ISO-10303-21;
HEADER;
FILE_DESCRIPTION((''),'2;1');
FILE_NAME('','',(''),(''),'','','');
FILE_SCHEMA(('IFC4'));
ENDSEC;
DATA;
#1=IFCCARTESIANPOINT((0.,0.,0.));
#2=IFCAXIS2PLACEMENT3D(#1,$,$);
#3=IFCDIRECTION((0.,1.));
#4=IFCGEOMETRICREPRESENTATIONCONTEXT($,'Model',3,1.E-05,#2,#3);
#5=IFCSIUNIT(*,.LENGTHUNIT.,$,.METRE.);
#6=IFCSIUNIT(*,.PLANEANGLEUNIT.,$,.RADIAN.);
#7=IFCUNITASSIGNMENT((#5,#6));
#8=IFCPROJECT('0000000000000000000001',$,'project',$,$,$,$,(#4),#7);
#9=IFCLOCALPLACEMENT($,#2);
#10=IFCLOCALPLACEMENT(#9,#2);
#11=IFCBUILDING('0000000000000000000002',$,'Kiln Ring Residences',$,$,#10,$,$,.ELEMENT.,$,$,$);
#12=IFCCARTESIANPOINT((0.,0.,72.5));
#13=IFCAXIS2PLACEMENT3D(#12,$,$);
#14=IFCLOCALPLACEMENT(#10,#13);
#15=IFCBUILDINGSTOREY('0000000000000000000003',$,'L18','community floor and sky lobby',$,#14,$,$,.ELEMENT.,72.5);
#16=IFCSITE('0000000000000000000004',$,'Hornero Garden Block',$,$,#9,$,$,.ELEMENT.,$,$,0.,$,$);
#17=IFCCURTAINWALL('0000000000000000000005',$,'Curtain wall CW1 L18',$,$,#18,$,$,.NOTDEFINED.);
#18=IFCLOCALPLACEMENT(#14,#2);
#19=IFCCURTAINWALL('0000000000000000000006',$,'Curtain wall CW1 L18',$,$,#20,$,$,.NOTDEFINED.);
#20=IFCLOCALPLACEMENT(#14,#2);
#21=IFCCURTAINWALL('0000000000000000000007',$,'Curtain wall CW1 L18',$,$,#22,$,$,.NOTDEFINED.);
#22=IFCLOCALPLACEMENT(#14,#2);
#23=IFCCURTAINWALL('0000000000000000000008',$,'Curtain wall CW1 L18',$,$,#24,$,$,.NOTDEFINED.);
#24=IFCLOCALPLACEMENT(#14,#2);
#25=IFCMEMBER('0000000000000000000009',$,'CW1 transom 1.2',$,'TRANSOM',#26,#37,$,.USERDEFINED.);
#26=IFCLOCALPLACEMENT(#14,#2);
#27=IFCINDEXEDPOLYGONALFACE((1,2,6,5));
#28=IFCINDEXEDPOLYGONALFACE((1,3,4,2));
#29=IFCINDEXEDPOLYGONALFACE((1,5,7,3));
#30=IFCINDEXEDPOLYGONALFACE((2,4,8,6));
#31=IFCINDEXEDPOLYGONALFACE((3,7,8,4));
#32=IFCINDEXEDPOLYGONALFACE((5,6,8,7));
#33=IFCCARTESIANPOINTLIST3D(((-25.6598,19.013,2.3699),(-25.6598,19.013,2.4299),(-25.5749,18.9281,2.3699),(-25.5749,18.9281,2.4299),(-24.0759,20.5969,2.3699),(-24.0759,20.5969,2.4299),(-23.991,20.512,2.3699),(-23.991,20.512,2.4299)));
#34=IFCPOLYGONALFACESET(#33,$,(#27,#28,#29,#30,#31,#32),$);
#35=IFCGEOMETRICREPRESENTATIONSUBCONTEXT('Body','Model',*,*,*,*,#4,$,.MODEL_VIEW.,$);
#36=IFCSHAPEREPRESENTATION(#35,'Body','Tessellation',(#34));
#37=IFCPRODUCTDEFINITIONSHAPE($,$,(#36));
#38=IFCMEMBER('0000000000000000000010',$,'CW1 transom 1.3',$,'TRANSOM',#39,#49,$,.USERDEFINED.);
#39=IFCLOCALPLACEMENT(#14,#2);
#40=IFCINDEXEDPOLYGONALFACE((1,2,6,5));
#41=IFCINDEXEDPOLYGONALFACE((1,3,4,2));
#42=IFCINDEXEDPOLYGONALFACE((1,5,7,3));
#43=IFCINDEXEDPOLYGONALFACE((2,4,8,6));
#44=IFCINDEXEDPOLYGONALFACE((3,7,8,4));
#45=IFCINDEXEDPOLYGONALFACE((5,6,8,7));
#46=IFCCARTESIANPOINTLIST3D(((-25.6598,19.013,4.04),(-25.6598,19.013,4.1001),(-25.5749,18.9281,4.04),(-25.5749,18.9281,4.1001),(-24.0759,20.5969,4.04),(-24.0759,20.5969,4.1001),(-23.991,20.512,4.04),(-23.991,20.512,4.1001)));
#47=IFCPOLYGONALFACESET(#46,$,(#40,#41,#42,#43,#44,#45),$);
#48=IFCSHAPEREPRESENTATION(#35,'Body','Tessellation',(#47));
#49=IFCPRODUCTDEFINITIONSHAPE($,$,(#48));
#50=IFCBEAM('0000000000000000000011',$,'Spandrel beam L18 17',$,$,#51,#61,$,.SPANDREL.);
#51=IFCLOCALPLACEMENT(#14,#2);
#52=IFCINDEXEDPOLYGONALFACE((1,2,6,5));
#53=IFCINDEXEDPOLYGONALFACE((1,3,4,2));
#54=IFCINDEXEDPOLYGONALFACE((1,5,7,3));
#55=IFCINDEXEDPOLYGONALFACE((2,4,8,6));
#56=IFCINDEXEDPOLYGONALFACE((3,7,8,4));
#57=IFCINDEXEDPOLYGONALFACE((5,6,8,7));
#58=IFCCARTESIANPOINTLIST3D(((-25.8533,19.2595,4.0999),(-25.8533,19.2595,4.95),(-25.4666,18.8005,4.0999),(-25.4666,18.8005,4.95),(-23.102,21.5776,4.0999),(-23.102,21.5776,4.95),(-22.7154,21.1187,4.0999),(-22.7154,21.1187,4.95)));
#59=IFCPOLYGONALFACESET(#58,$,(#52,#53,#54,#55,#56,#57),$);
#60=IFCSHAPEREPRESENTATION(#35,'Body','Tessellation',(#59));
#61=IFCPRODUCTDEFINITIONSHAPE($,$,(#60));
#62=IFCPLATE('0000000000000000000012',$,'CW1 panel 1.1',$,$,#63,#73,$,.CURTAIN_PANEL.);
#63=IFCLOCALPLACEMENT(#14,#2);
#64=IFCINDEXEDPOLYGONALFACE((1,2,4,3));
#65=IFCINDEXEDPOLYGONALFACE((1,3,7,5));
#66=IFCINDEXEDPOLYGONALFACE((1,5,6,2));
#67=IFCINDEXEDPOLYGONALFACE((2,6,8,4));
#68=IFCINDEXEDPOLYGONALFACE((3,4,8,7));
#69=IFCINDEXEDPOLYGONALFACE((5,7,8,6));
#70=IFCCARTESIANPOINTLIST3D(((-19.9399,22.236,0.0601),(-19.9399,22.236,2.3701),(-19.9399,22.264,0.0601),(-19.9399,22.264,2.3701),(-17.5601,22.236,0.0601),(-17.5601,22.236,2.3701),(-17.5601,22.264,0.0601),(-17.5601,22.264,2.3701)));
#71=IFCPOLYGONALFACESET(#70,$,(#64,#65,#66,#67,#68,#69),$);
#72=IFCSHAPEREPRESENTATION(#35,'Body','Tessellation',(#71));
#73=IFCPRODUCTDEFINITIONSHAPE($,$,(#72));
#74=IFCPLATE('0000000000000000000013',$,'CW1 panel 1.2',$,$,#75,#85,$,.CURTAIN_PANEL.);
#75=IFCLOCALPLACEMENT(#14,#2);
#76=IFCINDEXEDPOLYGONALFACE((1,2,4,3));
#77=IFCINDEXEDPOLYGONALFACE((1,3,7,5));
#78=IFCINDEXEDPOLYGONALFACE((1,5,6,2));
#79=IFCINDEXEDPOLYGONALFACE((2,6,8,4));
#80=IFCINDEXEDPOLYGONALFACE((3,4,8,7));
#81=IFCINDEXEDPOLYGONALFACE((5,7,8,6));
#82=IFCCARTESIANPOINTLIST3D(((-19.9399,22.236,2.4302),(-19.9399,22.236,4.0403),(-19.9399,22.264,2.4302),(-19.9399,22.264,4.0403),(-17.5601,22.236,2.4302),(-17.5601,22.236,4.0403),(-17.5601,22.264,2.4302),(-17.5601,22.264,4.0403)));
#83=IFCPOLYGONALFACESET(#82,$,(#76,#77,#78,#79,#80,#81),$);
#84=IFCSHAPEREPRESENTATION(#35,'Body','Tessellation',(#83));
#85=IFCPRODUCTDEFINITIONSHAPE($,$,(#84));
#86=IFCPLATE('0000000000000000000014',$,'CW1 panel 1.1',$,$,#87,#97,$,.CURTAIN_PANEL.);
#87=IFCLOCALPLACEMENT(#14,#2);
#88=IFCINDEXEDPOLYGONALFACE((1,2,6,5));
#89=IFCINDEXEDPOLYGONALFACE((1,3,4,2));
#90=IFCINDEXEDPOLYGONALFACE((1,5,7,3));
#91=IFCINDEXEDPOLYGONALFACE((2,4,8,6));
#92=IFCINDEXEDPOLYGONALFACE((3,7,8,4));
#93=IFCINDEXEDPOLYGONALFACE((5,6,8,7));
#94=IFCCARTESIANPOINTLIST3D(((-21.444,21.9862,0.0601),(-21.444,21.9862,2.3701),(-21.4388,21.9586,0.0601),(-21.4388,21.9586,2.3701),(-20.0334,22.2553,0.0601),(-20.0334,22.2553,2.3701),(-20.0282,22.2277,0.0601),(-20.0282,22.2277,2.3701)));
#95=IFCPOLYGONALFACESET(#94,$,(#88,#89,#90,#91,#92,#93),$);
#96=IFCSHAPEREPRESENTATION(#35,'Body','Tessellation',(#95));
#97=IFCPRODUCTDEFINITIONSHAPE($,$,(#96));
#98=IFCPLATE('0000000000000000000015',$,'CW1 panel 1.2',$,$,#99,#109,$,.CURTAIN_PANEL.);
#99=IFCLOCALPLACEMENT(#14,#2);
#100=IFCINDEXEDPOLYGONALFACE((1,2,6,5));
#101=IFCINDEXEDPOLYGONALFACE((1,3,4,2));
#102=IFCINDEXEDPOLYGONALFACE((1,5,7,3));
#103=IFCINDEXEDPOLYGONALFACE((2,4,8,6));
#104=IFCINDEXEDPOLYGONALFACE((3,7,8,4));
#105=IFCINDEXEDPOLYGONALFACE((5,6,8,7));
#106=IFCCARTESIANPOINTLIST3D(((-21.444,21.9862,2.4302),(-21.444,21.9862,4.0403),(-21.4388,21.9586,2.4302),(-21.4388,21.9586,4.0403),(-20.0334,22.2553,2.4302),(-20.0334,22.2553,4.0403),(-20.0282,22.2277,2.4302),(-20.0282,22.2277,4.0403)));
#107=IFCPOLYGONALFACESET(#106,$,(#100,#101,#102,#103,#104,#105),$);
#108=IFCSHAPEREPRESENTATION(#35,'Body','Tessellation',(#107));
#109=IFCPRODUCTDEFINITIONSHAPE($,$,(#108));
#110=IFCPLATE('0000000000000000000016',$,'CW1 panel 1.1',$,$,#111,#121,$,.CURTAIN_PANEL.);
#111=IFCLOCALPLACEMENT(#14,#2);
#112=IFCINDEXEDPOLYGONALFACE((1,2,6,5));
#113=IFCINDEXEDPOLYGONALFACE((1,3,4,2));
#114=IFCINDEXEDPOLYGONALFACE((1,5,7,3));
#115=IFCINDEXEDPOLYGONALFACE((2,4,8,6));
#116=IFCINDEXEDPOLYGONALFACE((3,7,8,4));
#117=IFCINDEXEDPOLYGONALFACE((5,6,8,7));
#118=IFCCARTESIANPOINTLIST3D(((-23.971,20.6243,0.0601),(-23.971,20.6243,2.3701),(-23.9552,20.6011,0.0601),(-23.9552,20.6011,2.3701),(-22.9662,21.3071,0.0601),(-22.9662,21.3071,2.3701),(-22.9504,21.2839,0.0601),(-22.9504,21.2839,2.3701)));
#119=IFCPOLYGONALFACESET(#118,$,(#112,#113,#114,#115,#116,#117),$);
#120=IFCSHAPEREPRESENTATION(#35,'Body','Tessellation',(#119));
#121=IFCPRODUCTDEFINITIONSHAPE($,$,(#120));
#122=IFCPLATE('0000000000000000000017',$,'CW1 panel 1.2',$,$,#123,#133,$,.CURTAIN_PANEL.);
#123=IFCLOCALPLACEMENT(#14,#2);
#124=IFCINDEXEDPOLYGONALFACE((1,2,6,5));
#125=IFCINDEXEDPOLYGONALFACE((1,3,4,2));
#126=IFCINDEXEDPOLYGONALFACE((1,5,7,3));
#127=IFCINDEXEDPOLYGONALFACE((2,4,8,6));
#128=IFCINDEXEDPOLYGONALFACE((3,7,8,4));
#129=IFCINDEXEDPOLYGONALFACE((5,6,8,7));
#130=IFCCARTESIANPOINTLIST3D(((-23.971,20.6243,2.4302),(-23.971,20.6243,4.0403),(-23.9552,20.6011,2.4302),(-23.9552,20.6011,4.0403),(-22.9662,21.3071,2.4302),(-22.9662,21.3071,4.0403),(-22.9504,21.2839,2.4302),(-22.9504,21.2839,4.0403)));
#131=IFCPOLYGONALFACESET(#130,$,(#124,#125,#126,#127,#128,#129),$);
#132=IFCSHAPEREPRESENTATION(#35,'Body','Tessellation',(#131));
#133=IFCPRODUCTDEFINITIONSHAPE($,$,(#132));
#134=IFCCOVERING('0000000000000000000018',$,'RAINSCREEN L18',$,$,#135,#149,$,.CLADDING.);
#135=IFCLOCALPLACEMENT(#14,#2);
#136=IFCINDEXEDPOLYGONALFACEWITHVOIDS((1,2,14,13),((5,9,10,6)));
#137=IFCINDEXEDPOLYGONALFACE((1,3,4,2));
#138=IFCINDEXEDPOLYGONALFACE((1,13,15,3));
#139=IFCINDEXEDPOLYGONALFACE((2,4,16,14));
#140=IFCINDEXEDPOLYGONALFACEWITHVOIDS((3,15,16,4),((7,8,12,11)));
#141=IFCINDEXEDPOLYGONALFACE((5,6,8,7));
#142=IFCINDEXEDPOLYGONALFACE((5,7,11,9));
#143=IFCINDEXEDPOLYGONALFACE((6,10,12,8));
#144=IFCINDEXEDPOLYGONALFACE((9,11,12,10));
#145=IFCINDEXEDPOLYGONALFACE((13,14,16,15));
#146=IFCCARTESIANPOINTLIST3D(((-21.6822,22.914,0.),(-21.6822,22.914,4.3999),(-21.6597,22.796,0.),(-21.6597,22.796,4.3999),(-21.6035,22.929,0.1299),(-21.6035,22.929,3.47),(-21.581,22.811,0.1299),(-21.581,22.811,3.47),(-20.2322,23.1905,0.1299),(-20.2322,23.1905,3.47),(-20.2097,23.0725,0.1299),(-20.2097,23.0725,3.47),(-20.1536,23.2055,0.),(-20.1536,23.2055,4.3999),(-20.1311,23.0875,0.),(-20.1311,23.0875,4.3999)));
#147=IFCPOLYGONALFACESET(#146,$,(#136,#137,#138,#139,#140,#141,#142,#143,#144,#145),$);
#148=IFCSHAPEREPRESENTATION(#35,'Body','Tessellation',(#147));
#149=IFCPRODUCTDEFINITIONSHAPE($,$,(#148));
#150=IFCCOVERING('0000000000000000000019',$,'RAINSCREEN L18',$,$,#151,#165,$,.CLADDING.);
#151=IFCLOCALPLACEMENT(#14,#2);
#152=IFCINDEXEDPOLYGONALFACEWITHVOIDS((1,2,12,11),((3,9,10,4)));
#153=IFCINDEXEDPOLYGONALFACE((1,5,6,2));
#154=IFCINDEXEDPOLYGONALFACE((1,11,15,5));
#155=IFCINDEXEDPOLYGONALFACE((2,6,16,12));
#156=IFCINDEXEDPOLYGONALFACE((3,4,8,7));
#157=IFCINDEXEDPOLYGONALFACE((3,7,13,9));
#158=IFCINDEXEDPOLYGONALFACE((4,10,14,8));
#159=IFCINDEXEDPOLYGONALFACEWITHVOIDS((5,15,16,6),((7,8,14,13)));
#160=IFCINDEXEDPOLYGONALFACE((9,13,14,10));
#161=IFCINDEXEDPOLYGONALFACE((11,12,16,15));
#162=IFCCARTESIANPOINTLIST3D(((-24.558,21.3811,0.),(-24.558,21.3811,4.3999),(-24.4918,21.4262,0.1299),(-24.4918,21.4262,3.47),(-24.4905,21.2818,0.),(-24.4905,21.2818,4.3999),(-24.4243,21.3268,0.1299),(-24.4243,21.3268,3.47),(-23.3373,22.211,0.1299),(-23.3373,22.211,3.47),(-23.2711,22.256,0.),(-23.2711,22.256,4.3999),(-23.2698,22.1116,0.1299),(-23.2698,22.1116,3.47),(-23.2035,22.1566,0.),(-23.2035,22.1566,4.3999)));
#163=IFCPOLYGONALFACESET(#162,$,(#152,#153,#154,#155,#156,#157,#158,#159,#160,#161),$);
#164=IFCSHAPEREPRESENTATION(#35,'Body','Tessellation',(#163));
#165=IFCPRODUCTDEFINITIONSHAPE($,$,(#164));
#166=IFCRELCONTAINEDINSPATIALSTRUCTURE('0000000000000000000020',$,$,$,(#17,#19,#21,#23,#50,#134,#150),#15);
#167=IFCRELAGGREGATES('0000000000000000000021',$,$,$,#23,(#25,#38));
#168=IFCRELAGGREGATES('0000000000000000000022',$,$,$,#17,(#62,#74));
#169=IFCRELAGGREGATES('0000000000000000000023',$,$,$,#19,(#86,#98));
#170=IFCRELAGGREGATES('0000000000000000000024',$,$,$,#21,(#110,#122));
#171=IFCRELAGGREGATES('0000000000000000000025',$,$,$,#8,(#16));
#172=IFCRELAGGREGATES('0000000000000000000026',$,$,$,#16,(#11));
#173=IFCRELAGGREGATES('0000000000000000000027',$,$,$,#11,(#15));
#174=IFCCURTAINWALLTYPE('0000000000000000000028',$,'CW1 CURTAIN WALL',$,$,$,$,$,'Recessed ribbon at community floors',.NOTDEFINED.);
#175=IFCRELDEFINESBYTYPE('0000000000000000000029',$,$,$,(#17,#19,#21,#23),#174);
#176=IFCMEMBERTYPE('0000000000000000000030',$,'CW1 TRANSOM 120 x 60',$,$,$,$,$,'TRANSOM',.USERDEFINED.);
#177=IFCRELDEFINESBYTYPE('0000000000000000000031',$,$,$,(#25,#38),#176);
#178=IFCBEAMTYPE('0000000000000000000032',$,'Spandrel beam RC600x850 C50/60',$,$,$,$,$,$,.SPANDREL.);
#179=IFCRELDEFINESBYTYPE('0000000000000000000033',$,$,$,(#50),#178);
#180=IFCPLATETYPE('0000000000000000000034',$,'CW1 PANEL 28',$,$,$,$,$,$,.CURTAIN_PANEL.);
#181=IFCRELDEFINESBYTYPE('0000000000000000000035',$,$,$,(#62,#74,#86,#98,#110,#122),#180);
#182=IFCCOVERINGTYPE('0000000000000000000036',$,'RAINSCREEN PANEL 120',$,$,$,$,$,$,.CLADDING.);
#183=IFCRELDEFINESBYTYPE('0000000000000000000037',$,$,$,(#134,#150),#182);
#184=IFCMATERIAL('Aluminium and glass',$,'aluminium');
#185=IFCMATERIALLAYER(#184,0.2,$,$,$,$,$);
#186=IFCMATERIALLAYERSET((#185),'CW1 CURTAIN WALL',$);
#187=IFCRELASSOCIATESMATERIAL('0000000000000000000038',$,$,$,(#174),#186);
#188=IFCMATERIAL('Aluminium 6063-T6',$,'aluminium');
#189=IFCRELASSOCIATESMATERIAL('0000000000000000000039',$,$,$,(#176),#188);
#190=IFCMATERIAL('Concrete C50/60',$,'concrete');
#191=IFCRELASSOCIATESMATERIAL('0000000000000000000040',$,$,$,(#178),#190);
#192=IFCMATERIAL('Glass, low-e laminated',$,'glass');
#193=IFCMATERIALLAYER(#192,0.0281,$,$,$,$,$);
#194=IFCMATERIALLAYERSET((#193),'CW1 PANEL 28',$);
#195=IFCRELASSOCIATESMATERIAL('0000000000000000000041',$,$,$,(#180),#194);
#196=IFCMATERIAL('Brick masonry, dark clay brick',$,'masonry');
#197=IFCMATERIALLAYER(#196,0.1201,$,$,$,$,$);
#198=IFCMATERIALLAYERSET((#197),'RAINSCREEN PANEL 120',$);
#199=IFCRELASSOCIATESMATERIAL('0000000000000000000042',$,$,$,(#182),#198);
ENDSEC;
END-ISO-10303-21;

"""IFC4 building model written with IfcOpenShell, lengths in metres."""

from ifc_helpers import new_model, si_unit, direction, frame, origin, origin_2d, place, context, subcontext, project, spatial, polyline, rectangle, outline, extrude, material, layer, layer_set, material_profile, profile_set, type_object, element, aggregate, save


model = new_model("IFC4")

# Units and contexts
model_context = context("Model", 3, precision=1e-05, world=origin(), true_north=direction((0.0, 1.0)))
body_context = subcontext(model_context, "Body", "Model", "MODEL_VIEW")
ifc_project = project(units=[si_unit("LENGTHUNIT", "METRE"), si_unit("PLANEANGLEUNIT", "RADIAN")], contexts=[model_context])

# Site, building, storey
site_placement = place(None, origin())
site = spatial("IfcSite", under=ifc_project, at=site_placement, Name="Hornero Garden Block", CompositionType="ELEMENT", RefElevation=0.0)
building_placement = place(site_placement, origin())
building = spatial("IfcBuilding", under=site, at=building_placement, Name="Kiln Ring Residences", CompositionType="ELEMENT")
storey_placement = place(building_placement, frame((0.0, 0.0, 72.5)))
storey = spatial("IfcBuildingStorey", under=building, at=storey_placement, Name="L18", Description="community floor and sky lobby", CompositionType="ELEMENT", Elevation=72.5)

# Curtain wall
ifc_material_1 = material(Name="Aluminium and glass", Category="aluminium")
ifc_layer_1 = layer(ifc_material_1, 0.2)
ifc_layer_set_1 = layer_set([ifc_layer_1], Name="CW1 CURTAIN WALL")
curtain_wall_type = type_object("IfcCurtainWallType", Name="CW1 CURTAIN WALL", ElementType="Recessed ribbon at community floors", PredefinedType="NOTDEFINED", material=ifc_layer_set_1)
placement = place(storey_placement, origin())
curtain_wall_1 = element("IfcCurtainWall", 1, at=placement, inside=storey, type_object=curtain_wall_type, Name="Curtain wall CW1 L18", PredefinedType="NOTDEFINED")

# Curtain walls
curtain_wall_2 = element("IfcCurtainWall", 2, at=placement, inside=storey, type_object=curtain_wall_type, Name="Curtain wall CW1 L18", PredefinedType="NOTDEFINED")
curtain_wall_3 = element("IfcCurtainWall", 3, at=placement, inside=storey, type_object=curtain_wall_type, Name="Curtain wall CW1 L18", PredefinedType="NOTDEFINED")

# Curtain wall
curtain_wall_4 = element("IfcCurtainWall", 4, at=placement, inside=storey, type_object=curtain_wall_type, Name="Curtain wall CW1 L18", PredefinedType="NOTDEFINED")

# Members
ifc_material_2 = material(Name="Aluminium 6063-T6", Category="aluminium")
ifc_material_profile_1 = material_profile(ifc_material_2, rectangle(XDim=0.1201, YDim=0.0601, at=origin_2d()), Name="AL 120x60")
ifc_profile_set_1 = profile_set([ifc_material_profile_1], Name="Aluminium 6063-T6")
member_type_1 = type_object("IfcMemberType", Name="CW1 TRANSOM 120 x 60", ElementType="TRANSOM", PredefinedType="USERDEFINED", material=ifc_profile_set_1)
member_1_placement = place(storey_placement, frame((-24.0334, 20.5544, 2.3999), z_axis=(-0.707107, -0.707107, 0.0), x_axis=(0.707107, -0.707107, 0.0)))
member_1 = element("IfcMember", 5, at=member_1_placement, type_object=member_type_1, Name="CW1 transom 1.2", ObjectType="TRANSOM", PredefinedType="USERDEFINED", context=body_context, shape_type="SweptSolid", body=[
    extrude(rectangle(XDim=0.1201, YDim=0.0601, at=origin_2d()), origin(), (0.0, 0.0, 1.0), 2.24),
])
member_2_placement = place(storey_placement, frame((-24.0334, 20.5544, 4.0701), z_axis=(-0.707107, -0.707107, 0.0), x_axis=(0.707107, -0.707107, 0.0)))
member_2 = element("IfcMember", 6, at=member_2_placement, type_object=member_type_1, Name="CW1 transom 1.3", ObjectType="TRANSOM", PredefinedType="USERDEFINED", context=body_context, shape_type="SweptSolid", body=[
    extrude(rectangle(XDim=0.1201, YDim=0.0601, at=origin_2d()), origin(), (0.0, 0.0, 1.0), 2.24),
])
aggregate(curtain_wall_4, [member_1, member_2])

# Beam
ifc_material_3 = material(Name="Concrete C50/60", Category="concrete")
ifc_material_profile_2 = material_profile(ifc_material_3, rectangle(XDim=0.6001, YDim=0.8501, at=origin_2d()), Name="RC600x850")
ifc_profile_set_2 = profile_set([ifc_material_profile_2], Name="Concrete C50/60")
beam_type = type_object("IfcBeamType", Name="Spandrel beam RC600x850 C50/60", PredefinedType="SPANDREL", material=ifc_profile_set_2)
beam_placement = place(storey_placement, frame((-22.9087, 21.3481, 4.5249), z_axis=(-0.764733, -0.644347, 0.0), x_axis=(0.644347, -0.764733, 0.0)))
element("IfcBeam", 7, at=beam_placement, inside=storey, type_object=beam_type, Name="Spandrel beam L18 17", PredefinedType="SPANDREL", context=body_context, shape_type="SweptSolid", body=[
    extrude(rectangle(XDim=0.6001, YDim=0.8501, at=origin_2d()), origin(), (0.0, 0.0, 1.0), 3.5977),
])

# Plates
ifc_material_4 = material(Name="Glass, low-e laminated", Category="glass")
ifc_layer_2 = layer(ifc_material_4, 0.0281)
ifc_layer_set_2 = layer_set([ifc_layer_2], Name="CW1 PANEL 28")
plate_type = type_object("IfcPlateType", Name="CW1 PANEL 28", PredefinedType="CURTAIN_PANEL", material=ifc_layer_set_2)
plate_1_placement = place(storey_placement, frame((-18.75, 22.25, 0.0601), z_axis=(0.0, 0.0, 1.0), x_axis=(-1.0, 0.0, 0.0)))
plate_1 = element("IfcPlate", 8, at=plate_1_placement, type_object=plate_type, Name="CW1 panel 1.1", PredefinedType="CURTAIN_PANEL", context=body_context, shape_type="SweptSolid", body=[
    extrude(rectangle(XDim=2.3799, YDim=0.0281, at=origin_2d()), origin(), (0.0, 0.0, 1.0), 2.3101),
])
plate_2_placement = place(storey_placement, frame((-18.75, 22.25, 2.4302), z_axis=(0.0, 0.0, 1.0), x_axis=(-1.0, 0.0, 0.0)))
plate_2 = element("IfcPlate", 9, at=plate_2_placement, type_object=plate_type, Name="CW1 panel 1.2", PredefinedType="CURTAIN_PANEL", context=body_context, shape_type="SweptSolid", body=[
    extrude(rectangle(XDim=2.3799, YDim=0.0281, at=origin_2d()), origin(), (0.0, 0.0, 1.0), 1.6101),
])
aggregate(curtain_wall_1, [plate_1, plate_2])
plate_3_placement = place(storey_placement, frame((-20.7361, 22.1069, 0.0601), z_axis=(0.0, 0.0, 1.0), x_axis=(-0.98229, -0.187366, 0.0)))
plate_3 = element("IfcPlate", 10, at=plate_3_placement, type_object=plate_type, Name="CW1 panel 1.1", PredefinedType="CURTAIN_PANEL", context=body_context, shape_type="SweptSolid", body=[
    extrude(rectangle(XDim=1.436, YDim=0.0281, at=origin_2d()), origin(), (0.0, 0.0, 1.0), 2.3101),
])
plate_4_placement = place(storey_placement, frame((-20.7361, 22.1069, 2.4302), z_axis=(0.0, 0.0, 1.0), x_axis=(-0.98229, -0.187366, 0.0)))
plate_4 = element("IfcPlate", 11, at=plate_4_placement, type_object=plate_type, Name="CW1 panel 1.2", PredefinedType="CURTAIN_PANEL", context=body_context, shape_type="SweptSolid", body=[
    extrude(rectangle(XDim=1.436, YDim=0.0281, at=origin_2d()), origin(), (0.0, 0.0, 1.0), 1.6101),
])
aggregate(curtain_wall_2, [plate_3, plate_4])
plate_5_placement = place(storey_placement, frame((-23.4607, 20.9541, 0.0601), z_axis=(0.0, 0.0, 1.0), x_axis=(-0.827072, -0.562097, 0.0)))
plate_5 = element("IfcPlate", 12, at=plate_5_placement, type_object=plate_type, Name="CW1 panel 1.1", PredefinedType="CURTAIN_PANEL", context=body_context, shape_type="SweptSolid", body=[
    extrude(rectangle(XDim=1.2148, YDim=0.0281, at=origin_2d()), origin(), (0.0, 0.0, 1.0), 2.3101),
])
plate_6_placement = place(storey_placement, frame((-23.4607, 20.9541, 2.4302), z_axis=(0.0, 0.0, 1.0), x_axis=(-0.827072, -0.562097, 0.0)))
plate_6 = element("IfcPlate", 13, at=plate_6_placement, type_object=plate_type, Name="CW1 panel 1.2", PredefinedType="CURTAIN_PANEL", context=body_context, shape_type="SweptSolid", body=[
    extrude(rectangle(XDim=1.2148, YDim=0.0281, at=origin_2d()), origin(), (0.0, 0.0, 1.0), 1.6101),
])
aggregate(curtain_wall_3, [plate_5, plate_6])

# Coverings
ifc_material_5 = material(Name="Brick masonry, dark clay brick", Category="masonry")
ifc_layer_3 = layer(ifc_material_5, 0.1201)
ifc_layer_set_3 = layer_set([ifc_layer_3], Name="RAINSCREEN PANEL 120")
covering_type = type_object("IfcCoveringType", Name="RAINSCREEN PANEL 120", PredefinedType="CLADDING", material=ifc_layer_set_3)
for number, where, z_axis, x_axis, name in (
    (14, (-20.1423, 23.1465, 0.0), (0.0, 0.0, 1.0), (-0.982297, -0.187328, 0.0), "RAINSCREEN L18"),
    (15, (-23.2373, 22.2063, 0.0), (0.0, 0.0, 1.0), (-0.82702, -0.562173, 0.0), "RAINSCREEN L18"),
):
    element("IfcCovering", number, at=place(storey_placement, frame(where, z_axis=z_axis, x_axis=x_axis)), inside=storey, type_object=covering_type, Name=name, PredefinedType="CLADDING", context=body_context, shape_type="SweptSolid", body=[
        extrude(outline(polyline([(0.0, 0.0), (1.5562, 0.0), (1.5562, 4.3999), (0.0, 4.3999), (0.0, 0.0)]), holes=[polyline([(0.0801, 3.47), (0.0801, 0.1299), (1.4761, 0.1299), (1.4761, 3.47), (0.0801, 3.47)])]), frame((0.0, 0.0601, 0.0), z_axis=(0.0, -1.0, 0.0), x_axis=(1.0, 0.0, 0.0)), (0.0, 0.0, 1.0), 0.1201),
    ])

save(model, "model.ifc")
